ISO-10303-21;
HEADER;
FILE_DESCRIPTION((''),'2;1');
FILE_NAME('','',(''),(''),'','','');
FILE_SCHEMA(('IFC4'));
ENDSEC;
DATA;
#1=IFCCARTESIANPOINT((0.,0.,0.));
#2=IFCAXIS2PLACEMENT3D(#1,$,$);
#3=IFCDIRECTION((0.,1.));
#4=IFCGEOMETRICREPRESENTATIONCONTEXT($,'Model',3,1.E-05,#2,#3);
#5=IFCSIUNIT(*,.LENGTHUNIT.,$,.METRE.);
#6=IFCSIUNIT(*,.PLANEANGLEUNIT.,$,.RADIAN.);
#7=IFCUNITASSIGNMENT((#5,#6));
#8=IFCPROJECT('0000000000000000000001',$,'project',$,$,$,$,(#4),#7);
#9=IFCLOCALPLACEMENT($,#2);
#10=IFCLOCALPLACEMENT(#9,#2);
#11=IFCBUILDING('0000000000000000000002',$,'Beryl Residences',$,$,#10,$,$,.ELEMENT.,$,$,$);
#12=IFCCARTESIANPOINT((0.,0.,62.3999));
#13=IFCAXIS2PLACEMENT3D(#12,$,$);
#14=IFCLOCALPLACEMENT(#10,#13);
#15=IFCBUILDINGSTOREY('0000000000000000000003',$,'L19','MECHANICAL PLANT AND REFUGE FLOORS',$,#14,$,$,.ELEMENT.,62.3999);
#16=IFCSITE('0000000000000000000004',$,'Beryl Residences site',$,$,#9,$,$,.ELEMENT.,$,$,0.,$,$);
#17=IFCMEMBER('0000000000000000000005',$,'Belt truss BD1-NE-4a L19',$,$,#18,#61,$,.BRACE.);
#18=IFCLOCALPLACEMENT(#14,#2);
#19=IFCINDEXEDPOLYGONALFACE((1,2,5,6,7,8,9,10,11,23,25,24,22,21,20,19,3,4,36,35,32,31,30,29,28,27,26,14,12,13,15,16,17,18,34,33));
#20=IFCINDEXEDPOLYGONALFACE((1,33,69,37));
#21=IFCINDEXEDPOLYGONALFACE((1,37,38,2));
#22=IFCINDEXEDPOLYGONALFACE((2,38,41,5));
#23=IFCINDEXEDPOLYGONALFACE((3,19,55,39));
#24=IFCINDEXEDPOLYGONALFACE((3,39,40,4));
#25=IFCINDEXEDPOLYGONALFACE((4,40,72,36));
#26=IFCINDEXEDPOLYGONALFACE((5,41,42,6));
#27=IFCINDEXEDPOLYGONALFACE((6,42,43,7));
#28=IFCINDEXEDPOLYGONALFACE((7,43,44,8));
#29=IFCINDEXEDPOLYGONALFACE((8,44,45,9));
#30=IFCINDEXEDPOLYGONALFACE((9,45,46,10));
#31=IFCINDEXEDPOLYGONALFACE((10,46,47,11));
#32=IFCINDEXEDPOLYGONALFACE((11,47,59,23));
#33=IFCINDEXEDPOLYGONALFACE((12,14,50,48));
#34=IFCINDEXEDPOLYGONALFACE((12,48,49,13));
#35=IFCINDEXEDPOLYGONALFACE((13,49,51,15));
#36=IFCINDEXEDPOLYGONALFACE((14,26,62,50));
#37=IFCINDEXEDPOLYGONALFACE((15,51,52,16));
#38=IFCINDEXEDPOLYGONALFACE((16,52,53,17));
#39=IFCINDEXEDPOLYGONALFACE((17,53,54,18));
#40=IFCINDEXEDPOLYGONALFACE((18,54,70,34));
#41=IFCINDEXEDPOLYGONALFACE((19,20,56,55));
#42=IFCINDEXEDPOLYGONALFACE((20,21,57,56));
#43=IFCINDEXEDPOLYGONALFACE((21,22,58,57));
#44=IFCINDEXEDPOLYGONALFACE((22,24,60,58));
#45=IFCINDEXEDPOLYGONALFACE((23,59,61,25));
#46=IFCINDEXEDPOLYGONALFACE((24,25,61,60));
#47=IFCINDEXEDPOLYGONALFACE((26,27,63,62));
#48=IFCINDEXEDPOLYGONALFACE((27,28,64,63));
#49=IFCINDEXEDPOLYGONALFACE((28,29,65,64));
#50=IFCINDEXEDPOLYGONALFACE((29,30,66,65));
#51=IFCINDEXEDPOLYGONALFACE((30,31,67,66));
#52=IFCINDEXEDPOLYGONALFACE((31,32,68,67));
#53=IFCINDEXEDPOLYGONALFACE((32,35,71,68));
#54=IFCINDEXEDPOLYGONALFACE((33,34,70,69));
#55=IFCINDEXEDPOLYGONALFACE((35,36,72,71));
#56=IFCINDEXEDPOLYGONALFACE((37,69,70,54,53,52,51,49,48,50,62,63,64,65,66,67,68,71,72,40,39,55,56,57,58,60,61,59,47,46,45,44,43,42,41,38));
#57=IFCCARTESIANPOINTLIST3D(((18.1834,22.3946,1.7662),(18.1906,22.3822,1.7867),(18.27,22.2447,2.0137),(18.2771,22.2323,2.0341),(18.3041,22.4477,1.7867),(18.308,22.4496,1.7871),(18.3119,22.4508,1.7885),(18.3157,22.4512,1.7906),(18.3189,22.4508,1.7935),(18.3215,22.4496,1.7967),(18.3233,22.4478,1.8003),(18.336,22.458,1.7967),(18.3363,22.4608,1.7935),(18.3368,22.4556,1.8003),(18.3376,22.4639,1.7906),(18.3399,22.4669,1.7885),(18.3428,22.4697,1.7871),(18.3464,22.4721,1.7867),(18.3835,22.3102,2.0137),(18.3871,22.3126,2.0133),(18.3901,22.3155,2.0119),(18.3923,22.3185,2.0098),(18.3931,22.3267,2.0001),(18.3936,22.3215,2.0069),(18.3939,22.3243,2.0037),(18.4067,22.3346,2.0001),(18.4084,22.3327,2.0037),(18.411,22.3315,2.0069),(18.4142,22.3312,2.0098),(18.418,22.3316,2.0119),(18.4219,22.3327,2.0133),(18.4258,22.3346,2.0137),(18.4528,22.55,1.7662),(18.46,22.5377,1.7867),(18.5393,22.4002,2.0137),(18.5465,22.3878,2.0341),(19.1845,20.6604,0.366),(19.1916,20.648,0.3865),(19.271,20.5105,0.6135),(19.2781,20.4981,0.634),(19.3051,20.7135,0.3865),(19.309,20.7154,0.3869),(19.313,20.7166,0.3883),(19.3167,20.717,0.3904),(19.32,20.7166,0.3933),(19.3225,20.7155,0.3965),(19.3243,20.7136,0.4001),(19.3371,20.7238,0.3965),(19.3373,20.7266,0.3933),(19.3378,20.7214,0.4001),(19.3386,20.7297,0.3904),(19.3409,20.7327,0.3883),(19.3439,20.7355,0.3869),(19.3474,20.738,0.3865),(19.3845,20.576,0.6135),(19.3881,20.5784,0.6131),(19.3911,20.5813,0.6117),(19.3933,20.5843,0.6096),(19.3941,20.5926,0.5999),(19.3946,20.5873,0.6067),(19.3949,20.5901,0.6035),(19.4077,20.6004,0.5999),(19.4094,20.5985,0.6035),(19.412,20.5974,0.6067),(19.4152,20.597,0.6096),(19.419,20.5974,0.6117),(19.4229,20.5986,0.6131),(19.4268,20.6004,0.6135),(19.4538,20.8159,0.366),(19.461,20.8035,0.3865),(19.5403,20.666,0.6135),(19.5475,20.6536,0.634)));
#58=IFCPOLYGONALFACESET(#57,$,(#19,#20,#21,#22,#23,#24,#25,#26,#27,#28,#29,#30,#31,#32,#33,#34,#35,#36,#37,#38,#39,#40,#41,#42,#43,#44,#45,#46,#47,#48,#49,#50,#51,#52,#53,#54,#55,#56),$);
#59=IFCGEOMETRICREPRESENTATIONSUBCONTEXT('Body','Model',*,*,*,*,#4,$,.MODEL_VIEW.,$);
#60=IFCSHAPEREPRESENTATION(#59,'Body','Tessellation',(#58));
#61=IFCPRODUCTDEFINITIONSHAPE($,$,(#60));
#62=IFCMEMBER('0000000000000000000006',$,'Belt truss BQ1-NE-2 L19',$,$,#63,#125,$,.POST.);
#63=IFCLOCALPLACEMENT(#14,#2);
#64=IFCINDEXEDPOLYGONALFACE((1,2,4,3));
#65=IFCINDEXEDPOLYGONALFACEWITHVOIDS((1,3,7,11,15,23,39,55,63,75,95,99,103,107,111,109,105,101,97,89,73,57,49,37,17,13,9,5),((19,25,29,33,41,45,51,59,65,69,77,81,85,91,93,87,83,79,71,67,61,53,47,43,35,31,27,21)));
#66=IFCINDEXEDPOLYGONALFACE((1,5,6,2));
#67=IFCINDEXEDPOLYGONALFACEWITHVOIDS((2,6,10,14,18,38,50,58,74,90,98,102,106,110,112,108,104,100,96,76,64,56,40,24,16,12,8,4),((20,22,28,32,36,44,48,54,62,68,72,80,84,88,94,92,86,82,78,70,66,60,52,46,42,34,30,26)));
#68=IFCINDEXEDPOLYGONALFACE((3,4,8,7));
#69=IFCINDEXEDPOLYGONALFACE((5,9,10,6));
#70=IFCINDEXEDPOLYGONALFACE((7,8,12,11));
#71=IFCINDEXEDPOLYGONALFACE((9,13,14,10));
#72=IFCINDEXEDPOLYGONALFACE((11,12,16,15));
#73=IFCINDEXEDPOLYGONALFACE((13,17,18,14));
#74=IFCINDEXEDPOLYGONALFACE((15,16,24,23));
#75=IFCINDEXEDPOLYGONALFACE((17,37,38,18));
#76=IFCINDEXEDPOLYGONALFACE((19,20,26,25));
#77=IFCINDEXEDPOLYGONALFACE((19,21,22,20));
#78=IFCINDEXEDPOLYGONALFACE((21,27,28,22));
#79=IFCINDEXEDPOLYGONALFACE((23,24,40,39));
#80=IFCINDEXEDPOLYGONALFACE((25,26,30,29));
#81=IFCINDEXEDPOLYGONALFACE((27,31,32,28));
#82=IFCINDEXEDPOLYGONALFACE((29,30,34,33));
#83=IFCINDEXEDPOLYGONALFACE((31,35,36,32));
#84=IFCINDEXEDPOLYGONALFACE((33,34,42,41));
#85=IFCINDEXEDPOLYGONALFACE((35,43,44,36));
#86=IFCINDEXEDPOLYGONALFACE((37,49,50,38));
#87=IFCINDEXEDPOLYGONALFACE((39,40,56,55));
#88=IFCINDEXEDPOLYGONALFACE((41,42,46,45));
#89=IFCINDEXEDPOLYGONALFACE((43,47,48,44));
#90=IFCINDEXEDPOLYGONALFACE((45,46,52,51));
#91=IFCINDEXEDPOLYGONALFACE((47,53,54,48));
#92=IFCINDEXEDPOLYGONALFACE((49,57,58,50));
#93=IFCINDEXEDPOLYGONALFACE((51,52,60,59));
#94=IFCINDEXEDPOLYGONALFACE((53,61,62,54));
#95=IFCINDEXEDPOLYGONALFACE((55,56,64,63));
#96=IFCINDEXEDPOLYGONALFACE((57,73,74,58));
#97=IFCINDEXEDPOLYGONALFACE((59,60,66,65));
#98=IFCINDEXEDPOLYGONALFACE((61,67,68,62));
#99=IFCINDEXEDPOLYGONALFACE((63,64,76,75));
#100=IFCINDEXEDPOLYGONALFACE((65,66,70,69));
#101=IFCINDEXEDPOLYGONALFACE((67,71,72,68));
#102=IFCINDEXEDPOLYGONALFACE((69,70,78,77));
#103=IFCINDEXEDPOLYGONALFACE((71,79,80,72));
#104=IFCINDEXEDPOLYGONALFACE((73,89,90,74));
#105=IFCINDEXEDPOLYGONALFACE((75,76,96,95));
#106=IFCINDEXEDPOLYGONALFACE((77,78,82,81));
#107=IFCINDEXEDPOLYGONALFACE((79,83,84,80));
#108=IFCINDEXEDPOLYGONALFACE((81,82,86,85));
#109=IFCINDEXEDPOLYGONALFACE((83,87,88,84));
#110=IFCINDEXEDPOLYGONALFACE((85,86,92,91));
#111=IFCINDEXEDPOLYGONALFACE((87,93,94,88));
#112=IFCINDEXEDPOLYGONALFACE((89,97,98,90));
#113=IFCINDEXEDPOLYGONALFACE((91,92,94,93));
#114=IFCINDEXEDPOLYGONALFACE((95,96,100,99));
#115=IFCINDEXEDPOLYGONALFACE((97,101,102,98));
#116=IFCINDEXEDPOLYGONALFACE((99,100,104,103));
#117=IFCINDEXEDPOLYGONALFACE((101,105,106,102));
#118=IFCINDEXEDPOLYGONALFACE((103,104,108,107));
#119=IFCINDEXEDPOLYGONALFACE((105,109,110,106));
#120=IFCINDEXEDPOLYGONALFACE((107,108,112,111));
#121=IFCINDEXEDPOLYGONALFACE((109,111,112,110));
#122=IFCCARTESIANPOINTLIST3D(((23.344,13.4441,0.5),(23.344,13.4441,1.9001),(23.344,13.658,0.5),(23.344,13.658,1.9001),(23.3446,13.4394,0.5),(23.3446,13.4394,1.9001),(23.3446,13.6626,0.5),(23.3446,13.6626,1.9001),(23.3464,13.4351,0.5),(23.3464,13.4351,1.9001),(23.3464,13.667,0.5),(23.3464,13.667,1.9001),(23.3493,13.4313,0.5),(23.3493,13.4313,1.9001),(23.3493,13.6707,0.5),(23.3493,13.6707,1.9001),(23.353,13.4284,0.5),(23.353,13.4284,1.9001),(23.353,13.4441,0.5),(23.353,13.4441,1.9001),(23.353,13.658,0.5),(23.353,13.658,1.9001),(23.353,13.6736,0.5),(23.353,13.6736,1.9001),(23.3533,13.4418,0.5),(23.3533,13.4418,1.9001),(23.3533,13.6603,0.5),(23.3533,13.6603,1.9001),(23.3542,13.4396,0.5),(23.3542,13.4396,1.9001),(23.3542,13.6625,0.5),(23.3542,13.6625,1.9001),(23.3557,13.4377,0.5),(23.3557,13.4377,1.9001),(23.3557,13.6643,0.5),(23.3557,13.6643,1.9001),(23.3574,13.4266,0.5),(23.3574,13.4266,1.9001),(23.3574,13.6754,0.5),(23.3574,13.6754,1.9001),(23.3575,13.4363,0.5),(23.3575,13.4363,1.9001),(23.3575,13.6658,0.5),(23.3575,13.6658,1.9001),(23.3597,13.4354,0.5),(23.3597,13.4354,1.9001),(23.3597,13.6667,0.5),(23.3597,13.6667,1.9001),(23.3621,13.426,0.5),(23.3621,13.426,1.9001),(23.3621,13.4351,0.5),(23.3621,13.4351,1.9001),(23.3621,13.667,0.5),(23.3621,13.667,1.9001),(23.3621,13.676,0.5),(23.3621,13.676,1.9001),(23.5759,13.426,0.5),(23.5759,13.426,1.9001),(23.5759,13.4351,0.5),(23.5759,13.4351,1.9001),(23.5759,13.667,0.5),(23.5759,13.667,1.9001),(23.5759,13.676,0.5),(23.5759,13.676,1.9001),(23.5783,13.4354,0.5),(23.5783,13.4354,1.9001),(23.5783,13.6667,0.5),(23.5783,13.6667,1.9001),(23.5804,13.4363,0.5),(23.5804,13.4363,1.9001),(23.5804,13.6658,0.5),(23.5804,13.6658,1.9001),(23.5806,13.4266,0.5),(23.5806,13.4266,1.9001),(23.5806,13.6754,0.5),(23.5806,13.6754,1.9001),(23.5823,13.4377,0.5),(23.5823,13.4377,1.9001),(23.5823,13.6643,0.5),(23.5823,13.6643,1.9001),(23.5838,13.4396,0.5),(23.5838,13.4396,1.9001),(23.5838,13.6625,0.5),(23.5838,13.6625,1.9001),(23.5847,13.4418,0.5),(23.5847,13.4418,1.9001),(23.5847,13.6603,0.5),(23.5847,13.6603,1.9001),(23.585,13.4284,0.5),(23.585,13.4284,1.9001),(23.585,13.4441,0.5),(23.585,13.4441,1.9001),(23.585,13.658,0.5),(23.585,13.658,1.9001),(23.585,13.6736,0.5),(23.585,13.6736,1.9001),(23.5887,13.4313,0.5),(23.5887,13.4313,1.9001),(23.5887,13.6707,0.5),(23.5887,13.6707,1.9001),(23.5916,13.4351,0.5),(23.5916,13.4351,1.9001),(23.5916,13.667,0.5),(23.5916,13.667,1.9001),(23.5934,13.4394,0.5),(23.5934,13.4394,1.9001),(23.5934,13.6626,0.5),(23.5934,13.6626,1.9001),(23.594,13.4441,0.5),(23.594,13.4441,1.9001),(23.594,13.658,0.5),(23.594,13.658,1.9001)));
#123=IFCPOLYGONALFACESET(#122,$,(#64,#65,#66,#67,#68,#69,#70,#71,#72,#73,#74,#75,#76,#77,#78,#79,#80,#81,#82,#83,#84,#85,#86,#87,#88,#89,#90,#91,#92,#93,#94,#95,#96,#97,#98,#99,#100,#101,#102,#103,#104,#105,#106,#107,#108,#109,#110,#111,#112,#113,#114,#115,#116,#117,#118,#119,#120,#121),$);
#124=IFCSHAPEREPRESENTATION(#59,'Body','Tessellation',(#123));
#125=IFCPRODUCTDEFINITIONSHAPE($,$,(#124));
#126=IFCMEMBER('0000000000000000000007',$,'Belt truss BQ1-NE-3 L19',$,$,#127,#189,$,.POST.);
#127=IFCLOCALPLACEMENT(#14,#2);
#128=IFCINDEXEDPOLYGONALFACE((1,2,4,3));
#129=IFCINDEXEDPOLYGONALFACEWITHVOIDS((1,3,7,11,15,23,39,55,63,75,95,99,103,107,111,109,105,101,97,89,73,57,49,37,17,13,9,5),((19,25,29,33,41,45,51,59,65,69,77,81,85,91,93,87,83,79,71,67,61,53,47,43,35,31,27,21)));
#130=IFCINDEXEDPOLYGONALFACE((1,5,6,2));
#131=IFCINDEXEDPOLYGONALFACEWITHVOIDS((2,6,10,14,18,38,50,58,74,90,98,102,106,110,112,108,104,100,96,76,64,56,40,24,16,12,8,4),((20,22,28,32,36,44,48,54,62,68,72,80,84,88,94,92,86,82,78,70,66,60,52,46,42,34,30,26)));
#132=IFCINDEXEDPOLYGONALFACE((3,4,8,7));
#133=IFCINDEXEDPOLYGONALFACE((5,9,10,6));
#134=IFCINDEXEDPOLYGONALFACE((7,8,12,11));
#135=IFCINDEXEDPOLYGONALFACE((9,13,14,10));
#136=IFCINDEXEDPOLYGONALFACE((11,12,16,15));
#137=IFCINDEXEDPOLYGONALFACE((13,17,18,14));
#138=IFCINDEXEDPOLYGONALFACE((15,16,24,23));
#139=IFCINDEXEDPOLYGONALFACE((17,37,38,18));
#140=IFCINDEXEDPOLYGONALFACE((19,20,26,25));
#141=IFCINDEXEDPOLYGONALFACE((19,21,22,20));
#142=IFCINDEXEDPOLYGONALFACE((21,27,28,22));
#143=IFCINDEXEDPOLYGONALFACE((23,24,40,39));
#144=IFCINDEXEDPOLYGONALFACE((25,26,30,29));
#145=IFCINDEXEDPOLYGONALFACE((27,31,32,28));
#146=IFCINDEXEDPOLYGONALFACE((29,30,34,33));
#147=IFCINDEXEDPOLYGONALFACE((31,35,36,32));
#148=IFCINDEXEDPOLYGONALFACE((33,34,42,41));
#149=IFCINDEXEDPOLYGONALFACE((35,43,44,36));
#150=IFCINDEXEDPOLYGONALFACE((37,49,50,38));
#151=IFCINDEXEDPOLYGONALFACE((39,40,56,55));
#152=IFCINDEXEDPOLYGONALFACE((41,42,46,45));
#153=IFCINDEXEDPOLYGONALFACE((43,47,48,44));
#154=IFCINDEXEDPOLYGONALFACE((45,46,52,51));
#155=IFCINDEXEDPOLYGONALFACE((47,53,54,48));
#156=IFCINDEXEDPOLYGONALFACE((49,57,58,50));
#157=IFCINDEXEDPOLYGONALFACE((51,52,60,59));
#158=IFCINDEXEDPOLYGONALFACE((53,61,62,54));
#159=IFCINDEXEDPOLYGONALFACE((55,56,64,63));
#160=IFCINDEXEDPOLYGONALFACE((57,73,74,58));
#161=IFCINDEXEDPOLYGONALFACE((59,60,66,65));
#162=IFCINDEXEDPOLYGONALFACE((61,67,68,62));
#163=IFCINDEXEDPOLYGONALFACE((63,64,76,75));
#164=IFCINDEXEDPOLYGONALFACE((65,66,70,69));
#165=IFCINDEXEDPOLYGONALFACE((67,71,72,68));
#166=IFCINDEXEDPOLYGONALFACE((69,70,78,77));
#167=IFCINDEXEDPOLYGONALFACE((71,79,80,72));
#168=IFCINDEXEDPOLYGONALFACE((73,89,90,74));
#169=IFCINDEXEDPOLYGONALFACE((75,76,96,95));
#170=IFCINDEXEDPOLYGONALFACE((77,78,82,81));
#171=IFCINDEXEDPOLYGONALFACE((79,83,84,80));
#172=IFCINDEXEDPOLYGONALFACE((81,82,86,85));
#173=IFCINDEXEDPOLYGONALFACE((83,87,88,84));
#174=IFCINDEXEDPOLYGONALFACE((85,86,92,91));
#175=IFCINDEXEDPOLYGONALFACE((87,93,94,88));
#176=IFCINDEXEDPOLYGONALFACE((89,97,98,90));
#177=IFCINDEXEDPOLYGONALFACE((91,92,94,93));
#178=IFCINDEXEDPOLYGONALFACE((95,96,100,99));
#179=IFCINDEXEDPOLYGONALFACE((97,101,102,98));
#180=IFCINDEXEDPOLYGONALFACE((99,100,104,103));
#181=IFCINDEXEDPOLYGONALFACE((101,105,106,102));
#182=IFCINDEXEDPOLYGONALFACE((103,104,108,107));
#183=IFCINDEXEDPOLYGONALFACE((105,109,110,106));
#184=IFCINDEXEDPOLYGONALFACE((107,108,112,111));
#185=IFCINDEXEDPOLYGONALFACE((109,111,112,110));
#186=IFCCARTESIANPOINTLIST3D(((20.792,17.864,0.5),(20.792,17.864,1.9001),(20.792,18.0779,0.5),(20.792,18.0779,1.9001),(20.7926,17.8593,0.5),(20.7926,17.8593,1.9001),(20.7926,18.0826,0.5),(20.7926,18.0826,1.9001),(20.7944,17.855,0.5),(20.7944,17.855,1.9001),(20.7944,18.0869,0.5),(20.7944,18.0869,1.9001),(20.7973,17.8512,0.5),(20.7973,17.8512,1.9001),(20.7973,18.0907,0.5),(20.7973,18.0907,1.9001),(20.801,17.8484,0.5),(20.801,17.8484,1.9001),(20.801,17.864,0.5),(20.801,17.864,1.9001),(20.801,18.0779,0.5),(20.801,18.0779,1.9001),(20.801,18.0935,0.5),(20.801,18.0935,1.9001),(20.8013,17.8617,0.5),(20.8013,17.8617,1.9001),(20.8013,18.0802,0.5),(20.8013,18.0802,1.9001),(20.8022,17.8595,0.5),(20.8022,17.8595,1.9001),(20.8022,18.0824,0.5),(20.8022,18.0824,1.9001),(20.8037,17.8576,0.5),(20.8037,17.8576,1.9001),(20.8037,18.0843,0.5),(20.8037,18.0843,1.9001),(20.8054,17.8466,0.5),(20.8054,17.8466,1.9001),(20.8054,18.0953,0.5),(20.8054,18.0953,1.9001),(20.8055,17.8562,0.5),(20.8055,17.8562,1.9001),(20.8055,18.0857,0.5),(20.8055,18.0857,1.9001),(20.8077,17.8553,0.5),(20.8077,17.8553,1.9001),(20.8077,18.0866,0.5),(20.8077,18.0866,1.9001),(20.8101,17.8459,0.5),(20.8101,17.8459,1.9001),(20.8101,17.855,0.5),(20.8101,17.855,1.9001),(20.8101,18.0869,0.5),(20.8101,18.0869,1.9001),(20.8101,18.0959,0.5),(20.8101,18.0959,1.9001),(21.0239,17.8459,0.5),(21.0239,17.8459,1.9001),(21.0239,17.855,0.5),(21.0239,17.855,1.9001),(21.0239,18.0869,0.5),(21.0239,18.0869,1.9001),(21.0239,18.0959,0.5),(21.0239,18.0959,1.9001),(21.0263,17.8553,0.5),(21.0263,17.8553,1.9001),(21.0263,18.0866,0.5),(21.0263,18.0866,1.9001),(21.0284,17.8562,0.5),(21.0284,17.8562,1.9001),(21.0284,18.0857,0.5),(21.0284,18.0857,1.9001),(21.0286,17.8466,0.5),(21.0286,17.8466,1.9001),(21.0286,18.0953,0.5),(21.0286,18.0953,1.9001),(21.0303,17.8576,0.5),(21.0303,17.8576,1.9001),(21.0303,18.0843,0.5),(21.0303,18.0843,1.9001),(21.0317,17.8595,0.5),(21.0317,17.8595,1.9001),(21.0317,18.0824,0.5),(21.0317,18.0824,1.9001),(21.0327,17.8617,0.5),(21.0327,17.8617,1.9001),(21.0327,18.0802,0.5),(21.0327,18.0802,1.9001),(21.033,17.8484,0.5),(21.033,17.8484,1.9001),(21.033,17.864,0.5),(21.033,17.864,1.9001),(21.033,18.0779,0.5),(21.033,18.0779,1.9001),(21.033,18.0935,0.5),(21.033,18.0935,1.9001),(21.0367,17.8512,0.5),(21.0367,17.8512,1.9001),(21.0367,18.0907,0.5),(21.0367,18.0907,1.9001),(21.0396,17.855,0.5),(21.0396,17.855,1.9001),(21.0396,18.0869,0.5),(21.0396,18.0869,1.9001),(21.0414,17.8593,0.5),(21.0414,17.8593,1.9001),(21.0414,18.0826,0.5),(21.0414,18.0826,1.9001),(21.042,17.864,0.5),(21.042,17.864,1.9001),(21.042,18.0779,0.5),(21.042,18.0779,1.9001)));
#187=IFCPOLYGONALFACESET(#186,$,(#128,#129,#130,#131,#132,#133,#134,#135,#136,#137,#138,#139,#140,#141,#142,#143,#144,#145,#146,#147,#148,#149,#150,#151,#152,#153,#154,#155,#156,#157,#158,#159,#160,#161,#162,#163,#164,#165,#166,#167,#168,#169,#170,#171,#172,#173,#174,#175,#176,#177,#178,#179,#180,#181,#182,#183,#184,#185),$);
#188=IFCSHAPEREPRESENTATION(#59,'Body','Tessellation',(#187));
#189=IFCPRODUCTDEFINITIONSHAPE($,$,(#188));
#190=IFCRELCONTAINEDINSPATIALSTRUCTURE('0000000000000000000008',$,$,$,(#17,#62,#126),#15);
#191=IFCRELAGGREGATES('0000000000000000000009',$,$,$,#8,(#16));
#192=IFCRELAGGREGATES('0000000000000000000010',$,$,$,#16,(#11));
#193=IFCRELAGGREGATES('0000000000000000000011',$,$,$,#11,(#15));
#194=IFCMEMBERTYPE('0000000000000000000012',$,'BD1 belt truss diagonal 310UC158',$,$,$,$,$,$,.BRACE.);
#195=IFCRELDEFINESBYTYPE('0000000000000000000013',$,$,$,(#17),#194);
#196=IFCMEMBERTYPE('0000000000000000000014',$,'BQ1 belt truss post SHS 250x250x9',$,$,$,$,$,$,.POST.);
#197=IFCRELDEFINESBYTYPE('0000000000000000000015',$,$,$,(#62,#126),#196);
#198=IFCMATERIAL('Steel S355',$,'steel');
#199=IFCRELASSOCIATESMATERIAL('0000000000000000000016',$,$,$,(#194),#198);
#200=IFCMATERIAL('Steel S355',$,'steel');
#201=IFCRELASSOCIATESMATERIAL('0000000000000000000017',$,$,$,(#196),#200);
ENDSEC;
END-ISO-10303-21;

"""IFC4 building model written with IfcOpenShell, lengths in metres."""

from ifc_helpers import new_model, si_unit, direction, frame, origin, origin_2d, place, context, subcontext, project, spatial, hollow_rectangle, i_section, extrude, material, material_profile, profile_set, type_object, element, save


model = new_model("IFC4")

# Units and contexts
model_context = context("Model", 3, precision=1e-05, world=origin(), true_north=direction((0.0, 1.0)))
body_context = subcontext(model_context, "Body", "Model", "MODEL_VIEW")
ifc_project = project(units=[si_unit("LENGTHUNIT", "METRE"), si_unit("PLANEANGLEUNIT", "RADIAN")], contexts=[model_context])

# Site, building, storey
site_placement = place(None, origin())
site = spatial("IfcSite", under=ifc_project, at=site_placement, Name="Beryl Residences site", CompositionType="ELEMENT", RefElevation=0.0)
building_placement = place(site_placement, origin())
building = spatial("IfcBuilding", under=site, at=building_placement, Name="Beryl Residences", CompositionType="ELEMENT")
storey_placement = place(building_placement, frame((0.0, 0.0, 62.3999)))
storey = spatial("IfcBuildingStorey", under=building, at=storey_placement, Name="L19", Description="MECHANICAL PLANT AND REFUGE FLOORS", CompositionType="ELEMENT", Elevation=62.3999)

# Members
ifc_material_1 = material(Name="Steel S355", Category="steel")
ifc_material_profile_1 = material_profile(ifc_material_1, i_section(OverallWidth=0.311, OverallDepth=0.3269, WebThickness=0.0156, FlangeThickness=0.0249, FilletRadius=0.0166, at=origin_2d()))
ifc_profile_set_1 = profile_set([ifc_material_profile_1], Name="Steel S355")
member_type_1 = type_object("IfcMemberType", Name="BD1 belt truss diagonal 310UC158", PredefinedType="BRACE", material=ifc_profile_set_1)
for number, where, z_axis, x_axis, name in (
    (1, (19.366, 20.657, 0.5), (-0.409687, 0.709758, 0.573062), (-0.866074, -0.499916, 0.0), "Belt truss BD1-NE-4a L19"),
):
    element("IfcMember", number, at=place(storey_placement, frame(where, z_axis=z_axis, x_axis=x_axis)), inside=storey, type_object=member_type_1, Name=name, PredefinedType="BRACE", context=body_context, shape_type="SweptSolid", body=[
        extrude(i_section(OverallWidth=0.311, OverallDepth=0.3269, WebThickness=0.0156, FlangeThickness=0.0249, FilletRadius=0.0166, at=origin_2d()), origin(), (0.0, 0.0, 1.0), 2.4434),
    ])
ifc_material_2 = material(Name="Steel S355", Category="steel")
ifc_material_profile_2 = material_profile(ifc_material_2, hollow_rectangle(XDim=0.25, YDim=0.25, WallThickness=0.009, InnerFilletRadius=0.009, OuterFilletRadius=0.0181, at=origin_2d()))
ifc_profile_set_2 = profile_set([ifc_material_profile_2], Name="Steel S355")
member_type_2 = type_object("IfcMemberType", Name="BQ1 belt truss post SHS 250x250x9", PredefinedType="POST", material=ifc_profile_set_2)
for number, where, z_axis, x_axis, name in (
    (2, (23.469, 13.551, 0.5), (0.0, 0.0, 1.0), (1.0, 0.0, 0.0), "Belt truss BQ1-NE-2 L19"),
    (3, (20.917, 17.9709, 0.5), (0.0, 0.0, 1.0), (1.0, 0.0, 0.0), "Belt truss BQ1-NE-3 L19"),
):
    element("IfcMember", number, at=place(storey_placement, frame(where, z_axis=z_axis, x_axis=x_axis)), inside=storey, type_object=member_type_2, Name=name, PredefinedType="POST", context=body_context, shape_type="SweptSolid", body=[
        extrude(hollow_rectangle(XDim=0.25, YDim=0.25, WallThickness=0.009, InnerFilletRadius=0.009, OuterFilletRadius=0.0181, at=origin_2d()), origin(), (0.0, 0.0, 1.0), 1.4001),
    ])

save(model, "model.ifc")
